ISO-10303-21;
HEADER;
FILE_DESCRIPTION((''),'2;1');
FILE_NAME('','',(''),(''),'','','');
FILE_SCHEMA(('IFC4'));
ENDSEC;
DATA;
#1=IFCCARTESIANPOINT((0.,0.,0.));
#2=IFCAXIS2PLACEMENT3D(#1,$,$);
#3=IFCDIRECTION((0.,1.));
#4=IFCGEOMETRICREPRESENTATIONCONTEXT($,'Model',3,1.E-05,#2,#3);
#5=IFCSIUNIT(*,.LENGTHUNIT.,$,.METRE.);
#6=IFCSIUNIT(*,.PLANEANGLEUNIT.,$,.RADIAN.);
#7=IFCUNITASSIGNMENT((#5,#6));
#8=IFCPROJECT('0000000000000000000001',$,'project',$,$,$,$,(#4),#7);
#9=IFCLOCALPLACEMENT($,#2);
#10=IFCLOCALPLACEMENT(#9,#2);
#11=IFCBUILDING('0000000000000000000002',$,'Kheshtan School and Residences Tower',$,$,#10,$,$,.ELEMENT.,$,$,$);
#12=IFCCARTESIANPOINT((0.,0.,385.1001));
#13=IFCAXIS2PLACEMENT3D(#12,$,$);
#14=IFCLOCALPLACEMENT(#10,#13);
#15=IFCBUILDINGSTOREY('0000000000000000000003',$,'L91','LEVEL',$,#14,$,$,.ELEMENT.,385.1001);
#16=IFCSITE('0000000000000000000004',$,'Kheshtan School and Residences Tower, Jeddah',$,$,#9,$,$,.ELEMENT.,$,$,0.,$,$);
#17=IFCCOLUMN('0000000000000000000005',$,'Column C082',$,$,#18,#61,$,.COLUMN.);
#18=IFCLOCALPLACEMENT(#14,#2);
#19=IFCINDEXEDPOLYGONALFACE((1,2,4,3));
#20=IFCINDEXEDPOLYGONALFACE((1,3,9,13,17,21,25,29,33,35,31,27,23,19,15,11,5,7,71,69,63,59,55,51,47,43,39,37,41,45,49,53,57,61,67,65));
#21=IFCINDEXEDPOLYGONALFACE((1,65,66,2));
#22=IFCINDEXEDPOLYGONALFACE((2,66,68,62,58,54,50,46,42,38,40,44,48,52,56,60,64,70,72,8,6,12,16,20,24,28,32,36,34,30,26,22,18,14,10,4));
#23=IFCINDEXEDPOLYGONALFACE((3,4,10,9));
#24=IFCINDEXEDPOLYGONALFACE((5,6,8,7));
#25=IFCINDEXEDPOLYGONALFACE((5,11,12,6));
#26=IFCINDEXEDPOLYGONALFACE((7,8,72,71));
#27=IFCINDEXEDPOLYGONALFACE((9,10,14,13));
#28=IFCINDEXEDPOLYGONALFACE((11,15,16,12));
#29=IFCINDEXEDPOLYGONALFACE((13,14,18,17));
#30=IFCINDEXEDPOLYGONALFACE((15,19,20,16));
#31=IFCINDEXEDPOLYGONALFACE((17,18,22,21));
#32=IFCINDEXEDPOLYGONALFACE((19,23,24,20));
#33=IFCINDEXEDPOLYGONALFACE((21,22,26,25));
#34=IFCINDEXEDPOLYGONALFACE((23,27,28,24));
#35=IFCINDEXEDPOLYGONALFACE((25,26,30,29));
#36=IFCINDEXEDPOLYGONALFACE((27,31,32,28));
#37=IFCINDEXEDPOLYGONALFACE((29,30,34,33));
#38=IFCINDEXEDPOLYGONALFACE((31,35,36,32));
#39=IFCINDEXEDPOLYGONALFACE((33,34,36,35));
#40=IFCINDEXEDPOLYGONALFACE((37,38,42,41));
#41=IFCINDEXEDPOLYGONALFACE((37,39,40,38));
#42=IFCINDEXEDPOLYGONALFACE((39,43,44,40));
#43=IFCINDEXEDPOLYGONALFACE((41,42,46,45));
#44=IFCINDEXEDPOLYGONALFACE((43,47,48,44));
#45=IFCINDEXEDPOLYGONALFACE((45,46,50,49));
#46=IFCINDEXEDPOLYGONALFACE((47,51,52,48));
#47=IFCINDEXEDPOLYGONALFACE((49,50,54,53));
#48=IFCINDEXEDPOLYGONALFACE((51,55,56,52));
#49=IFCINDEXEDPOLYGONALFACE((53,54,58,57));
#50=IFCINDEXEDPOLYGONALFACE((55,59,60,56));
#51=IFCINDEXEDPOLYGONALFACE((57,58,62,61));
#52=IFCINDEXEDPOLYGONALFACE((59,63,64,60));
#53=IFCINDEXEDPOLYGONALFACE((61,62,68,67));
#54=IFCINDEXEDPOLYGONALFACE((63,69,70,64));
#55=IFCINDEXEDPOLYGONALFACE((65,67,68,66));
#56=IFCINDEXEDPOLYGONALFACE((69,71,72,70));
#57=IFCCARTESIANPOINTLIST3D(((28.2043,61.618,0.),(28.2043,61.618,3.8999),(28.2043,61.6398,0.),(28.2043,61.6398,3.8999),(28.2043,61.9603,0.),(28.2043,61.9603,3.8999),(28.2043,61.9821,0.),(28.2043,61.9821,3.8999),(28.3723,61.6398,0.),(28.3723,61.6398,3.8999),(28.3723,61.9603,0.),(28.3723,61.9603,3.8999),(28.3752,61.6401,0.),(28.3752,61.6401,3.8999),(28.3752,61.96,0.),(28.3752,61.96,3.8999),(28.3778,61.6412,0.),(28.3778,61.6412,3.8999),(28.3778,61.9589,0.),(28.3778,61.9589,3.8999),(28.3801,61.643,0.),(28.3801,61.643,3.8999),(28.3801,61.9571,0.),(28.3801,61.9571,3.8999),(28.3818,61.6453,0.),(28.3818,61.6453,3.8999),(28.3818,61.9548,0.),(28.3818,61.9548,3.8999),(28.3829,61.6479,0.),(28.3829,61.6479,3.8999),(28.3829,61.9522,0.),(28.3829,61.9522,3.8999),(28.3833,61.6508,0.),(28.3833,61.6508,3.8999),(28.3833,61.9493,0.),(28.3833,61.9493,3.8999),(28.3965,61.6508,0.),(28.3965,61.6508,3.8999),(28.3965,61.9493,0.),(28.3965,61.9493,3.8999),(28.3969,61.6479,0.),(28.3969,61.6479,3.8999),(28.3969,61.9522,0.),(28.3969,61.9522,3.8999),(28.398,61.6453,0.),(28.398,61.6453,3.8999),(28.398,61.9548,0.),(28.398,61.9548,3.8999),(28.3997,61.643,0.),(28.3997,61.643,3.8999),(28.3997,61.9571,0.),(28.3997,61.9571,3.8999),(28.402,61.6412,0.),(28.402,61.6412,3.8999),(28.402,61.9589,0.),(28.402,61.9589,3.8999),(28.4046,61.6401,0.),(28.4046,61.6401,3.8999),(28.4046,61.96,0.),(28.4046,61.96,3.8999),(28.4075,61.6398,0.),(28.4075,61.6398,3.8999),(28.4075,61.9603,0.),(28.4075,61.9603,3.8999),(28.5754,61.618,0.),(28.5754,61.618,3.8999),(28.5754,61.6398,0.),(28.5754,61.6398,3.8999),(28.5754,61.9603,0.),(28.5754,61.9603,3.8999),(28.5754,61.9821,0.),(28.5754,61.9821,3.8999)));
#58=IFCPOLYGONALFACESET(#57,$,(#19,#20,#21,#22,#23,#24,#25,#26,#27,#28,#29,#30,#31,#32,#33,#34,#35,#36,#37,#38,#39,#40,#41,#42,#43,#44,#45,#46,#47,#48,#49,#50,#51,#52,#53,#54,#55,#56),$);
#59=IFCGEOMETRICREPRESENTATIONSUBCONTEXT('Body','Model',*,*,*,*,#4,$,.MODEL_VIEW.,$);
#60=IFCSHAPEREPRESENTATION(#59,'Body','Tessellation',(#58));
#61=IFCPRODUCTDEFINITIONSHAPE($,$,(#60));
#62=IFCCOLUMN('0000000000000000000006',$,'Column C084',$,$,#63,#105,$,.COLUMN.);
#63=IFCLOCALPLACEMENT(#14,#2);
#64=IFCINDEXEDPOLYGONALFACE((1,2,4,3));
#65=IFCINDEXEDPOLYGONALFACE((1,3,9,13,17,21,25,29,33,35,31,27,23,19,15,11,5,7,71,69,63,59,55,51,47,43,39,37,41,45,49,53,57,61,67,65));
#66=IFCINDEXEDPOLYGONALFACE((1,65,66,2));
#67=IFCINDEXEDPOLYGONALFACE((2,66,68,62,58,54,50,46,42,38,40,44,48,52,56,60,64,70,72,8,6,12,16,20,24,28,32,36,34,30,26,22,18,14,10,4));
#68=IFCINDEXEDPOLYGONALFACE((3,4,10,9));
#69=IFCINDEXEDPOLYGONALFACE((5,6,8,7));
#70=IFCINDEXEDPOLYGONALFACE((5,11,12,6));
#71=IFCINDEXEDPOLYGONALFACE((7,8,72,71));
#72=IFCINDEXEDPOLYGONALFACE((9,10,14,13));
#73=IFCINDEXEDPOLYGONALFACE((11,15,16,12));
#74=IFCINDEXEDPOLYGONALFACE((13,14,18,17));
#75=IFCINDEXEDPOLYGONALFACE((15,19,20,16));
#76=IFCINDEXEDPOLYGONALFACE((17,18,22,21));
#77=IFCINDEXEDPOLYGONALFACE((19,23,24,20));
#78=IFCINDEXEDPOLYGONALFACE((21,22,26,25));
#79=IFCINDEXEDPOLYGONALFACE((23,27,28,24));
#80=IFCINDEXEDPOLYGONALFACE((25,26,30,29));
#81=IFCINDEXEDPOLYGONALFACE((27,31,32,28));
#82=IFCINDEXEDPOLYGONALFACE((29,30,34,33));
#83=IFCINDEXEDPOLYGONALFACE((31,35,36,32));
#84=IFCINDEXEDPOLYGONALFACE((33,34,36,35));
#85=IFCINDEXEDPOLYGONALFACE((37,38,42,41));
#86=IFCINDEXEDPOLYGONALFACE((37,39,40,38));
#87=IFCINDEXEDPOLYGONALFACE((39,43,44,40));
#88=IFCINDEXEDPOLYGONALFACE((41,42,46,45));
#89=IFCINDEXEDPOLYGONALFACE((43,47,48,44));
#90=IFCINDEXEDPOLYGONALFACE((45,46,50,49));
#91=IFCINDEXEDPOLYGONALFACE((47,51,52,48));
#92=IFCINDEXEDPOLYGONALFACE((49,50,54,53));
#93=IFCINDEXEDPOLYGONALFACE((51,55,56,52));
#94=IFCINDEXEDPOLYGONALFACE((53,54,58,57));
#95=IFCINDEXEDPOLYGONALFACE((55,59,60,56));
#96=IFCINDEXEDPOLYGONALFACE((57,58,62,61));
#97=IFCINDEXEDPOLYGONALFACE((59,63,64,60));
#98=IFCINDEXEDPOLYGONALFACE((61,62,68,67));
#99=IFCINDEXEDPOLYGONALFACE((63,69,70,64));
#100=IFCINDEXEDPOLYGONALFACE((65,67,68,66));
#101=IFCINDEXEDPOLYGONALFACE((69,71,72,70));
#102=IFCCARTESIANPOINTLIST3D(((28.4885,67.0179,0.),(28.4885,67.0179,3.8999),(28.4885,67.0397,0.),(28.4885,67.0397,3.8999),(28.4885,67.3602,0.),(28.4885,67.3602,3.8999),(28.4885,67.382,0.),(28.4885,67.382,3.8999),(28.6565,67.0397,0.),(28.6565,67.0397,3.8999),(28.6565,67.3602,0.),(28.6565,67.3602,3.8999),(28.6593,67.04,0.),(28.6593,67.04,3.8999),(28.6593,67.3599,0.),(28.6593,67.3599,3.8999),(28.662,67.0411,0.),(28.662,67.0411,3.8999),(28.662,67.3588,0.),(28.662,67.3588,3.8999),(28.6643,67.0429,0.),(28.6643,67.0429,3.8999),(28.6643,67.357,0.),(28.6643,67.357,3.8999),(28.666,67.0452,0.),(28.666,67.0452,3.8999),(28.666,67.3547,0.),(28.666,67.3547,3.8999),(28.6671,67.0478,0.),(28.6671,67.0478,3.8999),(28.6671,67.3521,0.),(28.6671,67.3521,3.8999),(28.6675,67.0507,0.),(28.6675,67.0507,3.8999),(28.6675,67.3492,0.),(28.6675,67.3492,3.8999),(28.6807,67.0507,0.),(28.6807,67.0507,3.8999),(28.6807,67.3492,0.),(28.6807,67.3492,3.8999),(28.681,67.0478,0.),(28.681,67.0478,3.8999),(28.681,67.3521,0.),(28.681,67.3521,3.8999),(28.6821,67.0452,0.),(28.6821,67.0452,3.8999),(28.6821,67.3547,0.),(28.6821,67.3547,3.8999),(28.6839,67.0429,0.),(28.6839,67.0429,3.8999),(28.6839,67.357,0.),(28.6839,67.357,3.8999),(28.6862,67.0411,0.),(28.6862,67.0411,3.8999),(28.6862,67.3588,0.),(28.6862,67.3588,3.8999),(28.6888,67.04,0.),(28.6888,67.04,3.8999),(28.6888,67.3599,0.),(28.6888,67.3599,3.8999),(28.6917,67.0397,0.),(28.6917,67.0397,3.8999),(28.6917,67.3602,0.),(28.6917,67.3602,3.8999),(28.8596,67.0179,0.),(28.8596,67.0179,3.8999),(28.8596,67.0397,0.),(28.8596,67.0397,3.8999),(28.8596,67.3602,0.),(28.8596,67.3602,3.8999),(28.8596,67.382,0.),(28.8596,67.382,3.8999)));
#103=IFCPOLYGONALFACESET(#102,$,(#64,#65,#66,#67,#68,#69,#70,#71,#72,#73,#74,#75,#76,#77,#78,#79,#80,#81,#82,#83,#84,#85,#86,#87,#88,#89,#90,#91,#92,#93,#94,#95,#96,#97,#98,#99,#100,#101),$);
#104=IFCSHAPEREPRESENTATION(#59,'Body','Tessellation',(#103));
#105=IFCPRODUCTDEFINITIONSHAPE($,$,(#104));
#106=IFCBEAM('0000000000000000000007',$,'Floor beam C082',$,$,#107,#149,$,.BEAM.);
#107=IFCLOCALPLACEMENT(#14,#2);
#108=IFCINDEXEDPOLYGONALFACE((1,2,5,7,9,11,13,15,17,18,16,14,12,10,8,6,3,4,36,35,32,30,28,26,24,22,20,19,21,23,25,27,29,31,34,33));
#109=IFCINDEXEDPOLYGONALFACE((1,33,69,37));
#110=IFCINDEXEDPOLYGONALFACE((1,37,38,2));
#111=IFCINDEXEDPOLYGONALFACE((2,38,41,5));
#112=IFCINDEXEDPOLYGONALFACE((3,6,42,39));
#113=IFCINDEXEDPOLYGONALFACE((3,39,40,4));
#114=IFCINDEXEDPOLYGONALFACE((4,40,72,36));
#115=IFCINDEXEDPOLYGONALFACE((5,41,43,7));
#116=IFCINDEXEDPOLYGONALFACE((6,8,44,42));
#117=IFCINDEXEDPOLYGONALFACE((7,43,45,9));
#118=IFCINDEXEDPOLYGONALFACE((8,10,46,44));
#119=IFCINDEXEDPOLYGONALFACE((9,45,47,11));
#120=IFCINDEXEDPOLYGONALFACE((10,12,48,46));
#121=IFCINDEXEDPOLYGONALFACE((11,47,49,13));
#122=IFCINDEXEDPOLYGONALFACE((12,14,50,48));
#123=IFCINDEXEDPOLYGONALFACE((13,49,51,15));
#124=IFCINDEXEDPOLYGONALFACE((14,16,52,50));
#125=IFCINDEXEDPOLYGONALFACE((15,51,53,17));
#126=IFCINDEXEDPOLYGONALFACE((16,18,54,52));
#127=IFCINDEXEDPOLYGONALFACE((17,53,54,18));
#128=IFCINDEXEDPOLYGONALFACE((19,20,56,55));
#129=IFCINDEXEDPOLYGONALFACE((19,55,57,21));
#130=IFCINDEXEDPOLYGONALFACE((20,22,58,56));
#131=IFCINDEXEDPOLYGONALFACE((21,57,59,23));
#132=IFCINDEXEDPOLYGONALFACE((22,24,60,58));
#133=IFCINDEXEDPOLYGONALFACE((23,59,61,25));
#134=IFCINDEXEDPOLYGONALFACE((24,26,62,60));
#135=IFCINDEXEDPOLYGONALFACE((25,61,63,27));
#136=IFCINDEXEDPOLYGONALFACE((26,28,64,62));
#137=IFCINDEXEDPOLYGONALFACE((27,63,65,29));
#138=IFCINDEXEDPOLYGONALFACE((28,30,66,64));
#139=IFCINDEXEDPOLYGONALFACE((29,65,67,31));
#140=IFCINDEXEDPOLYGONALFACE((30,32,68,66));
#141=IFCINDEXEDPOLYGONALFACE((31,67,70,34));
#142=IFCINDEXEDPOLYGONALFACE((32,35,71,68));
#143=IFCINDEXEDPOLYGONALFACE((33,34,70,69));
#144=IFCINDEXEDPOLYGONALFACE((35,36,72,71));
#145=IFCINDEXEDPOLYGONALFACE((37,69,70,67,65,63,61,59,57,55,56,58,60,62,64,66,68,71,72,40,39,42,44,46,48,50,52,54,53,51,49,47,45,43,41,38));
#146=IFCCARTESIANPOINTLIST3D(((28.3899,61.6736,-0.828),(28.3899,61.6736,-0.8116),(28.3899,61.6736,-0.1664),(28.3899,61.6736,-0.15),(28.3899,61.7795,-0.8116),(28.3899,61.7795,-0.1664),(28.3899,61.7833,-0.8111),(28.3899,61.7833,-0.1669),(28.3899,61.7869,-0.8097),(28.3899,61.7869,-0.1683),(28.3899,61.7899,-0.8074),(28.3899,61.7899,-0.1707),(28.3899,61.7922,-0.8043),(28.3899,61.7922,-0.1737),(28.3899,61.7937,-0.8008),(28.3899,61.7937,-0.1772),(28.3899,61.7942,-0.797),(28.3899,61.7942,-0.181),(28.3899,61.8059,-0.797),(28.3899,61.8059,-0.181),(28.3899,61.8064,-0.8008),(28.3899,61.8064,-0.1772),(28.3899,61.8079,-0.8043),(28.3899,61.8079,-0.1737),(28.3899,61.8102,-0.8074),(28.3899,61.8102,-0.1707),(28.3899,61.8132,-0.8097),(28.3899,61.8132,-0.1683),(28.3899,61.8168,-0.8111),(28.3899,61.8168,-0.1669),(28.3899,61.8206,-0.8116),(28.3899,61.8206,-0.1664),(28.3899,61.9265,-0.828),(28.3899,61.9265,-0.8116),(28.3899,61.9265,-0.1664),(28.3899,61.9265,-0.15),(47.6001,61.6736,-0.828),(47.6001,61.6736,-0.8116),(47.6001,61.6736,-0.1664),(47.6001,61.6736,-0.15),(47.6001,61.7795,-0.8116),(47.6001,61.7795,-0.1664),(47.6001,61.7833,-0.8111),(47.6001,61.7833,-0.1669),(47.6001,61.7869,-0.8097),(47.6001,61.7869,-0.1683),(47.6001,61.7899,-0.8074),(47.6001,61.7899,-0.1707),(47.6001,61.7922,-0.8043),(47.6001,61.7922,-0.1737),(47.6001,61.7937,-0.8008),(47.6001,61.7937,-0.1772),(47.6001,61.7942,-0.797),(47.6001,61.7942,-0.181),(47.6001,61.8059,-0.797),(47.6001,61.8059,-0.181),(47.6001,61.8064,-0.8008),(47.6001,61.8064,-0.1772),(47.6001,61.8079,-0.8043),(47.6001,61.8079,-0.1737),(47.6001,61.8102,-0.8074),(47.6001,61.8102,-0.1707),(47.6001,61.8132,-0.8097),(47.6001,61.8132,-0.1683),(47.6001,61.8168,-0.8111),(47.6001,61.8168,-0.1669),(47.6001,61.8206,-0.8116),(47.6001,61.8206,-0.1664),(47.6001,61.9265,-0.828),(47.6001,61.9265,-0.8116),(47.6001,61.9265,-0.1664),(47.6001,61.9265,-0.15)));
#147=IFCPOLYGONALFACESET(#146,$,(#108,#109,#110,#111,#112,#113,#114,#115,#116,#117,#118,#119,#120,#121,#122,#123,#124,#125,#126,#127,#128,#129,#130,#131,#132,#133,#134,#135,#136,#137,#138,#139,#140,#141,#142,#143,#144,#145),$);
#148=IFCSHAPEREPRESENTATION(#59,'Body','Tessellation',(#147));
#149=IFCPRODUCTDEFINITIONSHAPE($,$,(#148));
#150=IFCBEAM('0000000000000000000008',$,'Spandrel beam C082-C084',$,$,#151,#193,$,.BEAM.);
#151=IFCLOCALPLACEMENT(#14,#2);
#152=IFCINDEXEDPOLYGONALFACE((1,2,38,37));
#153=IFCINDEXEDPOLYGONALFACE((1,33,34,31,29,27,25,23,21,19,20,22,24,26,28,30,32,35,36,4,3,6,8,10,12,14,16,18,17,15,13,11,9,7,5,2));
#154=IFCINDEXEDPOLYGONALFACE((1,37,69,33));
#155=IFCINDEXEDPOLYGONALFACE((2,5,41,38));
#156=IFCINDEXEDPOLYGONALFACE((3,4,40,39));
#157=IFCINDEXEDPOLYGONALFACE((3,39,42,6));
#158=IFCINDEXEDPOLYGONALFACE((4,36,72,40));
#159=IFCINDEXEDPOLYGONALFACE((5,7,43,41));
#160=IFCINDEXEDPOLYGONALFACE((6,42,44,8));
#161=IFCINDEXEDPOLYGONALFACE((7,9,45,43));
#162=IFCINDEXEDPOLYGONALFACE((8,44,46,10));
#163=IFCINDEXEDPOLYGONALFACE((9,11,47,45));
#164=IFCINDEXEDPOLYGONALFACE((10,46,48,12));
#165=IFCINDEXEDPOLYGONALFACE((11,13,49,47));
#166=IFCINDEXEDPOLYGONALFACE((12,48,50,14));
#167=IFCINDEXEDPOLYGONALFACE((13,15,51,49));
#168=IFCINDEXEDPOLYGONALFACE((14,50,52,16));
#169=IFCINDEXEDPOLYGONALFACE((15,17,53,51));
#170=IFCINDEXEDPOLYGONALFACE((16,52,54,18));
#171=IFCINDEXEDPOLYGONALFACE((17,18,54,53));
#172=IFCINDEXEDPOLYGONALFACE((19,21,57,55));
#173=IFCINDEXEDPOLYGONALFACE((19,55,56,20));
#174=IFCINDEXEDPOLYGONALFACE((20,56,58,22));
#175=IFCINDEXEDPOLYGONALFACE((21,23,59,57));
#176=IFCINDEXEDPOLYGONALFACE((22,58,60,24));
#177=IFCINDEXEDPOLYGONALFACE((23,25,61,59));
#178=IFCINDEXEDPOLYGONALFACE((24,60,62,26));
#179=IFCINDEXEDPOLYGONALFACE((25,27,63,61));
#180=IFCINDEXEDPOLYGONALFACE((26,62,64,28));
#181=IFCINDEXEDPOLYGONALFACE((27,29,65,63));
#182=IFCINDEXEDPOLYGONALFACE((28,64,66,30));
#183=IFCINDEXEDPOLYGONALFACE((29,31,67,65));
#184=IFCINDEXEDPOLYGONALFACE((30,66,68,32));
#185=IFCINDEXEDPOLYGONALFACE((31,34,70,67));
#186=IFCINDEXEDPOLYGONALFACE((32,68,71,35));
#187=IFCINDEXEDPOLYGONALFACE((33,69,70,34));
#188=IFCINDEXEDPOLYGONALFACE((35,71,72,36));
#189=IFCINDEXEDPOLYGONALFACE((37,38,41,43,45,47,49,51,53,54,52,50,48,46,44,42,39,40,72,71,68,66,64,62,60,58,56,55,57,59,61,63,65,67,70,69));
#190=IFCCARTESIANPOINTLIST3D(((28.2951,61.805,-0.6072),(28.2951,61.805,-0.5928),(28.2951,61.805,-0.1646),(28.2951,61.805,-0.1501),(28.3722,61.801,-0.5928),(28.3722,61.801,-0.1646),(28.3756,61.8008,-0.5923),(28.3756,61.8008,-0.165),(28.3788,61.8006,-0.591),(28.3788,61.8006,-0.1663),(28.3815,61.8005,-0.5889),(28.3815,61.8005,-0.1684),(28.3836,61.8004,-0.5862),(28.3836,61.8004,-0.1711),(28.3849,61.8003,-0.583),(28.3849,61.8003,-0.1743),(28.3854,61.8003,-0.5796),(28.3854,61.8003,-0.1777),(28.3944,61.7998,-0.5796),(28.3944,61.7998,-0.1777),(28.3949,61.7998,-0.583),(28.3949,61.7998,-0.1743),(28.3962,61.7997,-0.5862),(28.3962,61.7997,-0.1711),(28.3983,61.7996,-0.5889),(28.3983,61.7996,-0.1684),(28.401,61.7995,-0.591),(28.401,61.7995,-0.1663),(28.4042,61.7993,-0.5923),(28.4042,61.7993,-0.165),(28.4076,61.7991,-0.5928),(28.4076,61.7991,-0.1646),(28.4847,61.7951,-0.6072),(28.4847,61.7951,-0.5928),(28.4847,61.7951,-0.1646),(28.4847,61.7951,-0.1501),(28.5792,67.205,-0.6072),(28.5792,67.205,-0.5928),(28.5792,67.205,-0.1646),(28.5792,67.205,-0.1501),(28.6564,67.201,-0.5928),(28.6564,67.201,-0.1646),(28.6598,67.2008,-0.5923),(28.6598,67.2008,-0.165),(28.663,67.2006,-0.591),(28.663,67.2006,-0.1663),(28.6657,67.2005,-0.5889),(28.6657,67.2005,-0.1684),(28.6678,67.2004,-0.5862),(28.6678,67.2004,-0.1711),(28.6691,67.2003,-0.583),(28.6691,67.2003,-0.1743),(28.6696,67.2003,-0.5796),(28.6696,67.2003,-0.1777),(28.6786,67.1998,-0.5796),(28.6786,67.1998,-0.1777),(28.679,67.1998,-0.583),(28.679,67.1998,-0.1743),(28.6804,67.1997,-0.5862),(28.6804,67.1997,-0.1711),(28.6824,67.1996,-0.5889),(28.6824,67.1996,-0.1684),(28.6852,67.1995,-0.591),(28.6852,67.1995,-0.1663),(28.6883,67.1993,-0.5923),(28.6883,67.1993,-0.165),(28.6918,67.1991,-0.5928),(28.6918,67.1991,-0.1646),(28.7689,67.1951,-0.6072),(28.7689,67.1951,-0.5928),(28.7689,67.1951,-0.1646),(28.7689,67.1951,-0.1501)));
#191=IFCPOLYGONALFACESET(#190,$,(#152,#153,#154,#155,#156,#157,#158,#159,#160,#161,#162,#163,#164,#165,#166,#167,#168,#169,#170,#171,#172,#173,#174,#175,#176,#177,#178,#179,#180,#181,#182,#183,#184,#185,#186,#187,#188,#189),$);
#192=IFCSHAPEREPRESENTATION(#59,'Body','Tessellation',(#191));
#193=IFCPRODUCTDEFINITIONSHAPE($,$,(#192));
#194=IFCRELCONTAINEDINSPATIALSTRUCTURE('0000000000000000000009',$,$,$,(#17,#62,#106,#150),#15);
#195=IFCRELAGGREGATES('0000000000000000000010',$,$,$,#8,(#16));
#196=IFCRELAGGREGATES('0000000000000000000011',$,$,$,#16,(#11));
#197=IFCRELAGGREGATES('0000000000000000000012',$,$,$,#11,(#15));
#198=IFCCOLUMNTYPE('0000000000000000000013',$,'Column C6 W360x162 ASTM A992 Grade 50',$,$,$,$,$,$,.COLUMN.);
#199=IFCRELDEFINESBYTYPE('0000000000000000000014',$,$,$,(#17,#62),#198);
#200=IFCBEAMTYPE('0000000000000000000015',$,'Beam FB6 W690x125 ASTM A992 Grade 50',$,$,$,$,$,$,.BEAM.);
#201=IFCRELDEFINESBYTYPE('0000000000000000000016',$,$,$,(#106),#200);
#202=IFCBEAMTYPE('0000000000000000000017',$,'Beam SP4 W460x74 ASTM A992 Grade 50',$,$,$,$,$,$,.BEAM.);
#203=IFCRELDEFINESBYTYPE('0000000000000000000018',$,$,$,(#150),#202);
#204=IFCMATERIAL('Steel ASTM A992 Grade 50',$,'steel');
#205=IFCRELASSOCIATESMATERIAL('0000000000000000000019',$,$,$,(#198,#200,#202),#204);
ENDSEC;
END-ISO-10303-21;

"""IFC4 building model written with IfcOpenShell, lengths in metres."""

from ifc_helpers import new_model, si_unit, direction, frame, origin, origin_2d, place, context, subcontext, project, spatial, i_section, extrude, material, material_profile, profile_set, type_object, element, save


model = new_model("IFC4")

# Units and contexts
model_context = context("Model", 3, precision=1e-05, world=origin(), true_north=direction((0.0, 1.0)))
body_context = subcontext(model_context, "Body", "Model", "MODEL_VIEW")
ifc_project = project(units=[si_unit("LENGTHUNIT", "METRE"), si_unit("PLANEANGLEUNIT", "RADIAN")], contexts=[model_context])

# Site, building, storey
site_placement = place(None, origin())
site = spatial("IfcSite", under=ifc_project, at=site_placement, Name="Kheshtan School and Residences Tower, Jeddah", CompositionType="ELEMENT", RefElevation=0.0)
building_placement = place(site_placement, origin())
building = spatial("IfcBuilding", under=site, at=building_placement, Name="Kheshtan School and Residences Tower", CompositionType="ELEMENT")
storey_placement = place(building_placement, frame((0.0, 0.0, 385.1001)))
storey = spatial("IfcBuildingStorey", under=building, at=storey_placement, Name="L91", Description="LEVEL", CompositionType="ELEMENT", Elevation=385.1001)

# Columns
ifc_material_1 = material(Name="Steel ASTM A992 Grade 50", Category="steel")
ifc_material_profile_1 = material_profile(ifc_material_1, i_section(OverallWidth=0.3711, OverallDepth=0.364, WebThickness=0.0132, FlangeThickness=0.0217, FilletRadius=0.011, at=origin_2d()), Name="W360x162")
ifc_profile_set_1 = profile_set([ifc_material_profile_1], Name="Steel ASTM A992 Grade 50")
column_type = type_object("IfcColumnType", Name="Column C6 W360x162 ASTM A992 Grade 50", PredefinedType="COLUMN", material=ifc_profile_set_1)
for number, where, z_axis, x_axis, name in (
    (1, (28.3899, 61.8, 0.0), (0.0, 0.0, 1.0), (1.0, 0.0, 0.0), "Column C082"),
    (2, (28.6741, 67.2, 0.0), (0.0, 0.0, 1.0), (1.0, 0.0, 0.0), "Column C084"),
):
    element("IfcColumn", number, at=place(storey_placement, frame(where, z_axis=z_axis, x_axis=x_axis)), inside=storey, type_object=column_type, Name=name, PredefinedType="COLUMN", context=body_context, shape_type="SweptSolid", body=[
        extrude(i_section(OverallWidth=0.3711, OverallDepth=0.364, WebThickness=0.0132, FlangeThickness=0.0217, FilletRadius=0.011, at=origin_2d()), origin(), (0.0, 0.0, 1.0), 3.8999),
    ])

# Beams
ifc_material_profile_2 = material_profile(ifc_material_1, i_section(OverallWidth=0.2529, OverallDepth=0.678, WebThickness=0.0117, FlangeThickness=0.0164, FilletRadius=0.0146, at=origin_2d()), Name="W690x125")
ifc_profile_set_2 = profile_set([ifc_material_profile_2], Name="Steel ASTM A992 Grade 50")
beam_type_1 = type_object("IfcBeamType", Name="Beam FB6 W690x125 ASTM A992 Grade 50", PredefinedType="BEAM", material=ifc_profile_set_2)
beam_1_placement = place(storey_placement, frame((28.3899, 61.8, -0.489), z_axis=(1.0, 0.0, 0.0), x_axis=(0.0, 1.0, 0.0)))
element("IfcBeam", 3, at=beam_1_placement, inside=storey, type_object=beam_type_1, Name="Floor beam C082", PredefinedType="BEAM", context=body_context, shape_type="SweptSolid", body=[
    extrude(i_section(OverallWidth=0.2529, OverallDepth=0.678, WebThickness=0.0117, FlangeThickness=0.0164, FilletRadius=0.0146, at=origin_2d()), origin(), (0.0, 0.0, 1.0), 19.2102),
])
ifc_material_profile_3 = material_profile(ifc_material_1, i_section(OverallWidth=0.1899, OverallDepth=0.457, WebThickness=0.009, FlangeThickness=0.0144, FilletRadius=0.0132, at=origin_2d()), Name="W460x74")
ifc_profile_set_3 = profile_set([ifc_material_profile_3], Name="Steel ASTM A992 Grade 50")
beam_type_2 = type_object("IfcBeamType", Name="Beam SP4 W460x74 ASTM A992 Grade 50", PredefinedType="BEAM", material=ifc_profile_set_3)
beam_2_placement = place(storey_placement, frame((28.3899, 61.8, -0.3787), z_axis=(0.052554, 0.998618, 0.0), x_axis=(-0.998618, 0.052554, 0.0)))
element("IfcBeam", 4, at=beam_2_placement, inside=storey, type_object=beam_type_2, Name="Spandrel beam C082-C084", PredefinedType="BEAM", context=body_context, shape_type="SweptSolid", body=[
    extrude(i_section(OverallWidth=0.1899, OverallDepth=0.457, WebThickness=0.009, FlangeThickness=0.0144, FilletRadius=0.0132, at=origin_2d()), origin(), (0.0, 0.0, 1.0), 5.4075),
])

save(model, "model.ifc")
